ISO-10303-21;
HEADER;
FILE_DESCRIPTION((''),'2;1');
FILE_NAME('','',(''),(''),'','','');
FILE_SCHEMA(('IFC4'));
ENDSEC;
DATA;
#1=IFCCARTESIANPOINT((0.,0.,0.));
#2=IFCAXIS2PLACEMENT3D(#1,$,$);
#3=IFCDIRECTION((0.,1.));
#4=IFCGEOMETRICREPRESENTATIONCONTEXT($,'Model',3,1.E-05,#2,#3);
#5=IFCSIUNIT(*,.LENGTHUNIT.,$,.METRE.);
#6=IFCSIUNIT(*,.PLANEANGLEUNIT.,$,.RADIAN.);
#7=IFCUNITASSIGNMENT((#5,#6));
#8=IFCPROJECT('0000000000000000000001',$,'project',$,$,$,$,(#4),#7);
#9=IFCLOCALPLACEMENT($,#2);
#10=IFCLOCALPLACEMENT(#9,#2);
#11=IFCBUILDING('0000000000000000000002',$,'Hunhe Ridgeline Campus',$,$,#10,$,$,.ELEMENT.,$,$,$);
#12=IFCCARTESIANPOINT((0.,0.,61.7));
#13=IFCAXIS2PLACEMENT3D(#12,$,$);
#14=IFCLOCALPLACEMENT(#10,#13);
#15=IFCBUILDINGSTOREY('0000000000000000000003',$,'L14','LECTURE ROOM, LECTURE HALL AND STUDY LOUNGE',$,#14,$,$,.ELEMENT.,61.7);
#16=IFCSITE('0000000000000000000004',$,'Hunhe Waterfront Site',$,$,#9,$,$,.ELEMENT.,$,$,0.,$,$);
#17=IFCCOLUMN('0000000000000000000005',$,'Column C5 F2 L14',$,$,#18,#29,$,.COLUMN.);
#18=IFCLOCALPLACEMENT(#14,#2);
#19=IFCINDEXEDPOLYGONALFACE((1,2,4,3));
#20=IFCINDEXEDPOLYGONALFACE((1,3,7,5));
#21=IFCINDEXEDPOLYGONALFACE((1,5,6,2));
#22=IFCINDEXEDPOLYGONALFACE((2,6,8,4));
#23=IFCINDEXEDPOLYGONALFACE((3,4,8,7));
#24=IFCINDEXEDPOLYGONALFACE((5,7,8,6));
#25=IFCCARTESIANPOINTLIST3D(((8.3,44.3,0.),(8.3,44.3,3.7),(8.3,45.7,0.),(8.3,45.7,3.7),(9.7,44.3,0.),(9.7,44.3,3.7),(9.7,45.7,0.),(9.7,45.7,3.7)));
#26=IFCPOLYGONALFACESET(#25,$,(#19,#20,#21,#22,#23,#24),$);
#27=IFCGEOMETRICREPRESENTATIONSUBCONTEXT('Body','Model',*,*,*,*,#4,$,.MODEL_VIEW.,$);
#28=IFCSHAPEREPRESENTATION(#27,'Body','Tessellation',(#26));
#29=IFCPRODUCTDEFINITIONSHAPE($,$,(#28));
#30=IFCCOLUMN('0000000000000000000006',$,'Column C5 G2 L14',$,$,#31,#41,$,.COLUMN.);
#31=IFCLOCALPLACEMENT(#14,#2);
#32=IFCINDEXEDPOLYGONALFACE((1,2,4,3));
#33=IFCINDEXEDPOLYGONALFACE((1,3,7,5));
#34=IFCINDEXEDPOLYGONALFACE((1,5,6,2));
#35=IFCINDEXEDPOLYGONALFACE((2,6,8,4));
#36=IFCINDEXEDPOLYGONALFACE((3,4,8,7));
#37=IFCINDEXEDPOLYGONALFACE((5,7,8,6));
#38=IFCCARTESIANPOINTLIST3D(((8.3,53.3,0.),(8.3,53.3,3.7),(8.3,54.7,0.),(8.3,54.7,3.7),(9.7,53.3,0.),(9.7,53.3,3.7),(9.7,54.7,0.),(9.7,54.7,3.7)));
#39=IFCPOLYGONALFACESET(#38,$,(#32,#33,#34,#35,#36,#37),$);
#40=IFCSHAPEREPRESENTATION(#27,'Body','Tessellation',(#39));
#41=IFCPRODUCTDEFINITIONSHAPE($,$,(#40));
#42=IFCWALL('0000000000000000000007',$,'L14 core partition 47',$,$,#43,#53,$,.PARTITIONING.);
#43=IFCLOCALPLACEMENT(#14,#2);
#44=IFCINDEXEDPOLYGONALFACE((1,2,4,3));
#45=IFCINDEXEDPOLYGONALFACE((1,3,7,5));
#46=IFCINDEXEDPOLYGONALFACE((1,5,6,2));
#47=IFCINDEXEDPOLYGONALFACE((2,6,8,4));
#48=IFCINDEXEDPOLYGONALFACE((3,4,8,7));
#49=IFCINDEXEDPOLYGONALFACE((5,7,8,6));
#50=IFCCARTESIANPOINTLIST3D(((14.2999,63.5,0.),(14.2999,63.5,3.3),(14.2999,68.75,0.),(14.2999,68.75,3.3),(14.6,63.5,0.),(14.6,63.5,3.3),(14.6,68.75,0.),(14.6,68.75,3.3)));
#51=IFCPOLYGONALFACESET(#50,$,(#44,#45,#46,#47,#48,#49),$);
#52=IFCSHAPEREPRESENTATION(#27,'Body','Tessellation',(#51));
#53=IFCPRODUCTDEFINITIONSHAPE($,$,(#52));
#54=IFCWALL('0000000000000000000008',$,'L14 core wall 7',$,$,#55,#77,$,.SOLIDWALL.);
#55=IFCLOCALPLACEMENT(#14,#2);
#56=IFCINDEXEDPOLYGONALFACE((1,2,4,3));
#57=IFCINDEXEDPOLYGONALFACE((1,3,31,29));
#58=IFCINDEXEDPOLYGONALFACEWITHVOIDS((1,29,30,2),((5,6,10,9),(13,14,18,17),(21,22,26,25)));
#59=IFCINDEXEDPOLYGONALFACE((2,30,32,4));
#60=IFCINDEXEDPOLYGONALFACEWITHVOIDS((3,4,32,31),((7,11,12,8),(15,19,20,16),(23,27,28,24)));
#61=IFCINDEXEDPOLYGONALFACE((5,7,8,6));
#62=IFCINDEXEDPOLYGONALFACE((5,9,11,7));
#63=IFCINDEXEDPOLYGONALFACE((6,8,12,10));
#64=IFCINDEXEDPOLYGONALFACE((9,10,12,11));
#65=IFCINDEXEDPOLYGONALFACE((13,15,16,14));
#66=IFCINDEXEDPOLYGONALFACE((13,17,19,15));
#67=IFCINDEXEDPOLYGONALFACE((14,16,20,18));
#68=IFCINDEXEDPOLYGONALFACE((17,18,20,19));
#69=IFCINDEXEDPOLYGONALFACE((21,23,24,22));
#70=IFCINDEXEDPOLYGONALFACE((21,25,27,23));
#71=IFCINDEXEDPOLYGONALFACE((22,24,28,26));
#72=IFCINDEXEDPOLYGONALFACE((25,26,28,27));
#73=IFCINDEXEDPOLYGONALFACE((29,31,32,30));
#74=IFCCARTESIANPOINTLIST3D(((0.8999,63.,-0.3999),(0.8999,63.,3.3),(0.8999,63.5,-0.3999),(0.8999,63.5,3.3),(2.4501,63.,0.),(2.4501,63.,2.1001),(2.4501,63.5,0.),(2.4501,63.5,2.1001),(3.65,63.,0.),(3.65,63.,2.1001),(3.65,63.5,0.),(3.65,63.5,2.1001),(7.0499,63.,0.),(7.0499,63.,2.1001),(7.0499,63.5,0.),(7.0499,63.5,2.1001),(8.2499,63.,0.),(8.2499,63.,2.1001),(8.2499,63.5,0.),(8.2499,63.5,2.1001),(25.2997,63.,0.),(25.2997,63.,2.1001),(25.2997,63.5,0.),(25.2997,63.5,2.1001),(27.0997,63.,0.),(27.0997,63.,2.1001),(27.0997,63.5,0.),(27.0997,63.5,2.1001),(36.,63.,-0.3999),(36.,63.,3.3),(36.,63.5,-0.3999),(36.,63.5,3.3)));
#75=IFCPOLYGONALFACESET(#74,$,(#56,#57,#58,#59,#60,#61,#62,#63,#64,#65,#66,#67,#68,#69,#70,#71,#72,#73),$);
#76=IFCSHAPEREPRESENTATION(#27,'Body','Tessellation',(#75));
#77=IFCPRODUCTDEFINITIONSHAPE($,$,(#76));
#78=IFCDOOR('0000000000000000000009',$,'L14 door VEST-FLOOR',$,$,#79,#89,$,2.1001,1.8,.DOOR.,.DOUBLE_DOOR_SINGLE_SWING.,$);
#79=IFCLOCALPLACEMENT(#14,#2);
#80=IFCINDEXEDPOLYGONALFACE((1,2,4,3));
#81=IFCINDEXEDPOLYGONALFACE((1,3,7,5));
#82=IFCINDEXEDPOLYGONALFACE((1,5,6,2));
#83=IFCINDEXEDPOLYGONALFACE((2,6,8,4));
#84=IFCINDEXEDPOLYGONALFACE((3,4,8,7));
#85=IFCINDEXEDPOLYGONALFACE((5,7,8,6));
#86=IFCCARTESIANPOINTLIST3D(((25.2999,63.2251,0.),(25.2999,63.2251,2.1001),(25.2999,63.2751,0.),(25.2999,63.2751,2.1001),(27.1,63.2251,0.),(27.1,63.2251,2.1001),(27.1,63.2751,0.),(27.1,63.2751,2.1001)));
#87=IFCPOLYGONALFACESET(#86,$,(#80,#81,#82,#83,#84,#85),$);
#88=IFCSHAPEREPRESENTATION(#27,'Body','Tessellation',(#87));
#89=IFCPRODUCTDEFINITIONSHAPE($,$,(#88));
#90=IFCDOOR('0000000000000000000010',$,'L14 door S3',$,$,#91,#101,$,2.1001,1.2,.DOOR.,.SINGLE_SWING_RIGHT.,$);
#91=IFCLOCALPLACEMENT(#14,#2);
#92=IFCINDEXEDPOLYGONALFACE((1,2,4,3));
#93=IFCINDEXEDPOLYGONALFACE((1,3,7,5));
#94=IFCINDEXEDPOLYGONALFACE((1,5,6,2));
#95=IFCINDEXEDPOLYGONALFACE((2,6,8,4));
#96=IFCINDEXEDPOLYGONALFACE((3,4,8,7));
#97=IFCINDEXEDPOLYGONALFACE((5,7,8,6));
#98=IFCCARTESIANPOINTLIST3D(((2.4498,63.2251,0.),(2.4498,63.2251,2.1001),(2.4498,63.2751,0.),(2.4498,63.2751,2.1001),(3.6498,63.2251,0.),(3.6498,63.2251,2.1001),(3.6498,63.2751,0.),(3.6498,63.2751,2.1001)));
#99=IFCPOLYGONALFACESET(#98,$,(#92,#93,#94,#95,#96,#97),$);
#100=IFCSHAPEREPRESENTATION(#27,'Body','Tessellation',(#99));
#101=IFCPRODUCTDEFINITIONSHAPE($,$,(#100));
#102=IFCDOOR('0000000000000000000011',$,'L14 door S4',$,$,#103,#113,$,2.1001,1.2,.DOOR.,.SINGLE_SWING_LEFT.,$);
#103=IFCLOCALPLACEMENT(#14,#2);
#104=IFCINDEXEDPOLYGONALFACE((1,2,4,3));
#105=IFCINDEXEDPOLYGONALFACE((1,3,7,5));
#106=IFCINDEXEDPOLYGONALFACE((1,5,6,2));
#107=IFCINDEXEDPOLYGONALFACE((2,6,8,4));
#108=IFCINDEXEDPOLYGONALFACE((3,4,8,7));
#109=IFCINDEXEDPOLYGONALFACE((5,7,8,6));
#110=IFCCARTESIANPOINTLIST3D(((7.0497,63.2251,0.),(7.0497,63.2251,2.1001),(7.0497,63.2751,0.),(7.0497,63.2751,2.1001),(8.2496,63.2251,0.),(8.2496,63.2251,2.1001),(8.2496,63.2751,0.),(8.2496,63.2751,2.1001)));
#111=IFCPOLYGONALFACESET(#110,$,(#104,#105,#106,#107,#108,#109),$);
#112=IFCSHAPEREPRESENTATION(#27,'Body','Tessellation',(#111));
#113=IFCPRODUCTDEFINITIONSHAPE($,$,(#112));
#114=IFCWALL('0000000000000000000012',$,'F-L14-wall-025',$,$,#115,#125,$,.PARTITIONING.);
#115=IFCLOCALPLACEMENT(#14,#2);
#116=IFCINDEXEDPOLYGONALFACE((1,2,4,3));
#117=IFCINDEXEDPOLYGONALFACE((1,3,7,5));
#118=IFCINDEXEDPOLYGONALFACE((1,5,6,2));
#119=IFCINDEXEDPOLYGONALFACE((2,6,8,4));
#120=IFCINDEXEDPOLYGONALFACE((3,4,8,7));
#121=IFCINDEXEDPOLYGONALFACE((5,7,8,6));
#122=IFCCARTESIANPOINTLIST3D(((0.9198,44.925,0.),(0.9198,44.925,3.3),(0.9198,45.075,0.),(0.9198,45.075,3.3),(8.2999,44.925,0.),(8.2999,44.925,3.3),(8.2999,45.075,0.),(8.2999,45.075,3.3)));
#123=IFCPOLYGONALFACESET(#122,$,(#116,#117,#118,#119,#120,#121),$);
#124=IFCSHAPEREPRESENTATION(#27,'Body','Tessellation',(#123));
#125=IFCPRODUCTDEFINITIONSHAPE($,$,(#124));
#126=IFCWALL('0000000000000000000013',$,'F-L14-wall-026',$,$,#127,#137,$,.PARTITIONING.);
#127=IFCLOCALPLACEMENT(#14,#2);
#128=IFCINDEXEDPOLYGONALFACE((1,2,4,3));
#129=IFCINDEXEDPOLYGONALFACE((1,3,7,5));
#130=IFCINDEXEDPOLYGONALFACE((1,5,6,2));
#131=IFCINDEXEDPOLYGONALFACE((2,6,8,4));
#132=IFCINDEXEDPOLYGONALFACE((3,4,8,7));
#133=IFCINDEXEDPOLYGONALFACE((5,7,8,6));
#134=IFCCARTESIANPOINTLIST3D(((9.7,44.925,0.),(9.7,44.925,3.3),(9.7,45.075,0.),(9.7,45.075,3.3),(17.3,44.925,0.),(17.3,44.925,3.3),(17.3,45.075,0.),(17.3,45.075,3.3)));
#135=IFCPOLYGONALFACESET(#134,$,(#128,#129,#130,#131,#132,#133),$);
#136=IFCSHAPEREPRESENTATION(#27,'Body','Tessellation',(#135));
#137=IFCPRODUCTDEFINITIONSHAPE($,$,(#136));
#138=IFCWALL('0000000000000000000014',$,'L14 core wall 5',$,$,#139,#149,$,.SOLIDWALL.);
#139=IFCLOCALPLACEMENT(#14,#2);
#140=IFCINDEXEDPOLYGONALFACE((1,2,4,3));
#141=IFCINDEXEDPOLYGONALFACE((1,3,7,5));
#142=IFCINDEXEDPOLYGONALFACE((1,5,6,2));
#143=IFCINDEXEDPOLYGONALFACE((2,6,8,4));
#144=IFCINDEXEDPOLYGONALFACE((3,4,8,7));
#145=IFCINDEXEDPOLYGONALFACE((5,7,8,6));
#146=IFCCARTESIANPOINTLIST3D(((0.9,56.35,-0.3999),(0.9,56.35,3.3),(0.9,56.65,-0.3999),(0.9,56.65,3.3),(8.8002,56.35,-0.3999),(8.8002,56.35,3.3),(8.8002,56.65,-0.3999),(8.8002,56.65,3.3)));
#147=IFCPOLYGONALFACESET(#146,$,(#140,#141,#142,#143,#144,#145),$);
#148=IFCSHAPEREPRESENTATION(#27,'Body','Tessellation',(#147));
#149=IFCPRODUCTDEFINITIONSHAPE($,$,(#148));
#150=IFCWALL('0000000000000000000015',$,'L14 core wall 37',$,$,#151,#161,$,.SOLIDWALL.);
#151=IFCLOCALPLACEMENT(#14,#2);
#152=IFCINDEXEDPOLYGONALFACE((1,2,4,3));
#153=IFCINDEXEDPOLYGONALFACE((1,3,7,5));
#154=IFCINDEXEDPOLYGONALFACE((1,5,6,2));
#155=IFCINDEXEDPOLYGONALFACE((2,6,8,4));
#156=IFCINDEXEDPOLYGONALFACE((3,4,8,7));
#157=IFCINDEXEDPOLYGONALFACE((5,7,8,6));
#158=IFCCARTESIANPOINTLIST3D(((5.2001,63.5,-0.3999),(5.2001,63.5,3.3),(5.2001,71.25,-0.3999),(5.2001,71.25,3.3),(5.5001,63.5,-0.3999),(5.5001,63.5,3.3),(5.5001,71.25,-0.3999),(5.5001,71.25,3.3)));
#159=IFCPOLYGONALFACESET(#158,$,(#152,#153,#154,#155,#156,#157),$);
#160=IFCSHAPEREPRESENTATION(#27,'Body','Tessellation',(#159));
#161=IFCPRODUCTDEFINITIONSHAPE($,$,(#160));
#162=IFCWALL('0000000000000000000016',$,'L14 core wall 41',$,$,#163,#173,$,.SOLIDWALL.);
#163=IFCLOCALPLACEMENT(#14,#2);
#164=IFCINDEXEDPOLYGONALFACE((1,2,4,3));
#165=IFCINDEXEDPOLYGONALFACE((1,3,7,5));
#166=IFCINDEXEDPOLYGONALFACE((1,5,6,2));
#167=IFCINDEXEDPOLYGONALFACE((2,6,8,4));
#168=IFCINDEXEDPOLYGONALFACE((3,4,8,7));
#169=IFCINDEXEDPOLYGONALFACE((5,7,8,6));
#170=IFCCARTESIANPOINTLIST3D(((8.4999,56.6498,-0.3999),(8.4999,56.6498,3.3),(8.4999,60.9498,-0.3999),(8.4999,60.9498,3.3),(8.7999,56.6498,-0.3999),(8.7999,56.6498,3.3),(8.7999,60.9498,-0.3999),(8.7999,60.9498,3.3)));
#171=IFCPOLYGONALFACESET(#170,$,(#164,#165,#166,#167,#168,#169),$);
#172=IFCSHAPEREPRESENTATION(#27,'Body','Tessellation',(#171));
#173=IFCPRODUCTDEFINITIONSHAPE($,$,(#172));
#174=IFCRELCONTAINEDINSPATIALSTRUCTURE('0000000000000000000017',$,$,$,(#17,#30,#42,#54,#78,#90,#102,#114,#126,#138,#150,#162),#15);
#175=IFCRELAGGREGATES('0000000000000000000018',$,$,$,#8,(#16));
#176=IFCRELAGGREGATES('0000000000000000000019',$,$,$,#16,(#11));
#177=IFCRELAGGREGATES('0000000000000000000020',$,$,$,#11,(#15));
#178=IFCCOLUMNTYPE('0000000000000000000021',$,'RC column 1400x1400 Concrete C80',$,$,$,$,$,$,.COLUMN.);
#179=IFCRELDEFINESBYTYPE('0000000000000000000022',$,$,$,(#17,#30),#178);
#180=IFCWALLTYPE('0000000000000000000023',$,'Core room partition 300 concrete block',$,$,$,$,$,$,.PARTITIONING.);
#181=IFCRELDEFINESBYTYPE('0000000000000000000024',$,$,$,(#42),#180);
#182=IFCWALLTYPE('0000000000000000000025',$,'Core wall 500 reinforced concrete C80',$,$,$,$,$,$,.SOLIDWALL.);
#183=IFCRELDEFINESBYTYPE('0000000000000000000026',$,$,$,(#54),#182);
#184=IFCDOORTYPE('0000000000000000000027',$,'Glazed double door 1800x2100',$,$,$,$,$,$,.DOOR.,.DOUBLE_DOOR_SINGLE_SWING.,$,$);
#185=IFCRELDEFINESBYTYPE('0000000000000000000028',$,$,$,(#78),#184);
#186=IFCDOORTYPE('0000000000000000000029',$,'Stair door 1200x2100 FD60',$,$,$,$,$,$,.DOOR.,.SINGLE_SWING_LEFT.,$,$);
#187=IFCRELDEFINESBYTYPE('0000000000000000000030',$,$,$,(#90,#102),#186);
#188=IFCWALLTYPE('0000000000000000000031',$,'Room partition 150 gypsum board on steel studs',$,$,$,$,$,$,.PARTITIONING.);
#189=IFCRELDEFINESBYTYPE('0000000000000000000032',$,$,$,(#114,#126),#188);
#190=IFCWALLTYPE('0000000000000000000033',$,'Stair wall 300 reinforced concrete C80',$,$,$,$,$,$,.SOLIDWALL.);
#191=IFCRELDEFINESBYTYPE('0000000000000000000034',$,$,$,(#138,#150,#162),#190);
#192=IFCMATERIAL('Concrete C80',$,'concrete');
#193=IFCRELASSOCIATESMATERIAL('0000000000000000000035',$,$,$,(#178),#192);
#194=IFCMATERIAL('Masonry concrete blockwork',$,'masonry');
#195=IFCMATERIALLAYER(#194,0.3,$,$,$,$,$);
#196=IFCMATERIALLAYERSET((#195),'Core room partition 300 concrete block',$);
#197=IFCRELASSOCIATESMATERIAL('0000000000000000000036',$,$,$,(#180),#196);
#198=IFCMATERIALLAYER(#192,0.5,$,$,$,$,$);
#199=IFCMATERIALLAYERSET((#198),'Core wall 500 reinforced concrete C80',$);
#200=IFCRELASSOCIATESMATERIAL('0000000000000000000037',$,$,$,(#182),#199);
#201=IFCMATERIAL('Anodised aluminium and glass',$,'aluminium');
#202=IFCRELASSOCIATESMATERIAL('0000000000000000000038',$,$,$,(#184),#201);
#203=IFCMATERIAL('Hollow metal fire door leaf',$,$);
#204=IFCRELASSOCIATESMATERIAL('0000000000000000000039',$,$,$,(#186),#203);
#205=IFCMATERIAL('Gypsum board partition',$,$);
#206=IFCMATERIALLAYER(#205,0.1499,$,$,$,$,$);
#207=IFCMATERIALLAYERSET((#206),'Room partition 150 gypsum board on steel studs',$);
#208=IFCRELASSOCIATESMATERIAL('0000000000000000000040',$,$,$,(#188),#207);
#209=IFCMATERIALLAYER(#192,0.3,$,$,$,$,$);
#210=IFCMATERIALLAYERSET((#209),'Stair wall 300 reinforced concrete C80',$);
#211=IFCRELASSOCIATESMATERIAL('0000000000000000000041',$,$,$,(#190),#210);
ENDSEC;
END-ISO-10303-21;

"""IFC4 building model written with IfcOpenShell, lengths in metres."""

from ifc_helpers import new_model, si_unit, direction, frame, frame_2d, origin, origin_2d, place, context, subcontext, project, spatial, rectangle, extrude, material, layer, layer_set, material_profile, profile_set, type_object, element, fill, save


model = new_model("IFC4")

# Units and contexts
model_context = context("Model", 3, precision=1e-05, world=origin(), true_north=direction((0.0, 1.0)))
body_context = subcontext(model_context, "Body", "Model", "MODEL_VIEW")
ifc_project = project(units=[si_unit("LENGTHUNIT", "METRE"), si_unit("PLANEANGLEUNIT", "RADIAN")], contexts=[model_context])

# Site, building, storey
site_placement = place(None, origin())
site = spatial("IfcSite", under=ifc_project, at=site_placement, Name="Hunhe Waterfront Site", CompositionType="ELEMENT", RefElevation=0.0)
building_placement = place(site_placement, origin())
building = spatial("IfcBuilding", under=site, at=building_placement, Name="Hunhe Ridgeline Campus", CompositionType="ELEMENT")
storey_placement = place(building_placement, frame((0.0, 0.0, 61.7)))
storey = spatial("IfcBuildingStorey", under=building, at=storey_placement, Name="L14", Description="LECTURE ROOM, LECTURE HALL AND STUDY LOUNGE", CompositionType="ELEMENT", Elevation=61.7)

# Columns
ifc_material_1 = material(Name="Concrete C80", Category="concrete")
ifc_material_profile = material_profile(ifc_material_1, rectangle(XDim=1.3999, YDim=1.3999, at=origin_2d()))
ifc_profile_set = profile_set([ifc_material_profile], Name="Concrete C80")
column_type = type_object("IfcColumnType", Name="RC column 1400x1400 Concrete C80", PredefinedType="COLUMN", material=ifc_profile_set)
for number, where, z_axis, x_axis, name in (
    (1, (9.0, 45.0, 0.0), (0.0, 0.0, 1.0), (1.0, 0.0, 0.0), "Column C5 F2 L14"),
    (2, (9.0, 54.0, 0.0), (0.0, 0.0, 1.0), (1.0, 0.0, 0.0), "Column C5 G2 L14"),
):
    element("IfcColumn", number, at=place(storey_placement, frame(where, z_axis=z_axis, x_axis=x_axis)), inside=storey, type_object=column_type, Name=name, PredefinedType="COLUMN", context=body_context, shape_type="SweptSolid", body=[
        extrude(rectangle(XDim=1.3999, YDim=1.3999, at=origin_2d()), origin(), (0.0, 0.0, 1.0), 3.7),
    ])

# Wall
ifc_material_2 = material(Name="Masonry concrete blockwork", Category="masonry")
ifc_layer_1 = layer(ifc_material_2, 0.3)
ifc_layer_set_1 = layer_set([ifc_layer_1], Name="Core room partition 300 concrete block")
wall_type_1 = type_object("IfcWallType", Name="Core room partition 300 concrete block", PredefinedType="PARTITIONING", material=ifc_layer_set_1)
wall_1_placement = place(storey_placement, frame((14.45, 63.5, 0.0), z_axis=(0.0, 0.0, 1.0), x_axis=(0.0, 1.0, 0.0)))
element("IfcWall", 3, at=wall_1_placement, inside=storey, type_object=wall_type_1, Name="L14 core partition 47", PredefinedType="PARTITIONING", context=body_context, shape_type="SweptSolid", body=[
    extrude(rectangle(XDim=5.25, YDim=0.3, at=frame_2d((2.625, 0.0))), origin(), (0.0, 0.0, 1.0), 3.3),
])

# Wall, openings, doors
ifc_layer_2 = layer(ifc_material_1, 0.5)
ifc_layer_set_2 = layer_set([ifc_layer_2], Name="Core wall 500 reinforced concrete C80")
wall_type_2 = type_object("IfcWallType", Name="Core wall 500 reinforced concrete C80", PredefinedType="SOLIDWALL", material=ifc_layer_set_2)
wall_2_placement = place(storey_placement, frame((0.8999, 63.25, -0.3999), z_axis=(0.0, 0.0, 1.0), x_axis=(1.0, 0.0, 0.0)))
wall_2 = element("IfcWall", 4, at=wall_2_placement, inside=storey, type_object=wall_type_2, Name="L14 core wall 7", PredefinedType="SOLIDWALL", context=body_context, shape_type="SweptSolid", body=[
    extrude(rectangle(XDim=35.1001, YDim=0.5, at=frame_2d((17.55, 0.0))), origin(), (0.0, 0.0, 1.0), 3.7),
])
opening_1_placement = place(wall_2_placement, frame((24.3999, 0.0, 0.3999)))
opening_1 = element("IfcOpeningElement", 5, at=opening_1_placement, cuts=wall_2, PredefinedType="OPENING", context=body_context, shape_type="SweptSolid", body=[
    extrude(rectangle(XDim=1.8, YDim=2.1001, at=frame_2d((0.8999, 1.05))), frame((0.0, 0.25, 0.0), z_axis=(0.0, -1.0, 0.0), x_axis=(1.0, 0.0, 0.0)), (0.0, 0.0, 1.0), 0.5),
])
opening_2_placement = place(wall_2_placement, frame((1.55, 0.0, 0.3999)))
opening_2 = element("IfcOpeningElement", 6, at=opening_2_placement, cuts=wall_2, PredefinedType="OPENING", context=body_context, shape_type="SweptSolid", body=[
    extrude(rectangle(XDim=1.2, YDim=2.1001, at=frame_2d((0.6001, 1.05))), frame((0.0, 0.25, 0.0), z_axis=(0.0, -1.0, 0.0), x_axis=(1.0, 0.0, 0.0)), (0.0, 0.0, 1.0), 0.5),
])
opening_3_placement = place(wall_2_placement, frame((6.1499, 0.0, 0.3999)))
opening_3 = element("IfcOpeningElement", 7, at=opening_3_placement, cuts=wall_2, PredefinedType="OPENING", context=body_context, shape_type="SweptSolid", body=[
    extrude(rectangle(XDim=1.2, YDim=2.1001, at=frame_2d((0.6001, 1.05))), frame((0.0, 0.25, 0.0), z_axis=(0.0, -1.0, 0.0), x_axis=(1.0, 0.0, 0.0)), (0.0, 0.0, 1.0), 0.5),
])
ifc_material_3 = material(Name="Anodised aluminium and glass", Category="aluminium")
door_type_1 = type_object("IfcDoorType", Name="Glazed double door 1800x2100", OperationType="DOUBLE_DOOR_SINGLE_SWING", PredefinedType="DOOR", material=ifc_material_3)
door_1_placement = place(opening_1_placement, frame((1.8, 0.0, 0.0), z_axis=(0.0, 0.0, 1.0), x_axis=(-1.0, 0.0, 0.0)))
door_1 = element("IfcDoor", 8, at=door_1_placement, inside=storey, type_object=door_type_1, Name="L14 door VEST-FLOOR", OperationType="DOUBLE_DOOR_SINGLE_SWING", OverallHeight=2.1001, OverallWidth=1.8, PredefinedType="DOOR", context=body_context, shape_type="SweptSolid", body=[
    extrude(rectangle(XDim=1.8, YDim=2.1001, at=frame_2d((0.8999, 1.05))), frame((0.0, 0.0249, 0.0), z_axis=(0.0, -1.0, 0.0), x_axis=(1.0, 0.0, 0.0)), (0.0, 0.0, 1.0), 0.05),
])
fill(opening_1, door_1)
ifc_material_4 = material(Name="Hollow metal fire door leaf")
door_type_2 = type_object("IfcDoorType", Name="Stair door 1200x2100 FD60", OperationType="SINGLE_SWING_LEFT", PredefinedType="DOOR", material=ifc_material_4)
door_2_placement = place(opening_2_placement, frame((1.2, 0.0, 0.0), z_axis=(0.0, 0.0, 1.0), x_axis=(-1.0, 0.0, 0.0)))
door_2 = element("IfcDoor", 9, at=door_2_placement, inside=storey, type_object=door_type_2, Name="L14 door S3", OperationType="SINGLE_SWING_RIGHT", OverallHeight=2.1001, OverallWidth=1.2, PredefinedType="DOOR", context=body_context, shape_type="SweptSolid", body=[
    extrude(rectangle(XDim=1.2, YDim=2.1001, at=frame_2d((0.6001, 1.05))), frame((0.0, 0.0249, 0.0), z_axis=(0.0, -1.0, 0.0), x_axis=(1.0, 0.0, 0.0)), (0.0, 0.0, 1.0), 0.05),
])
fill(opening_2, door_2)
door_3_placement = place(opening_3_placement, frame((1.2, 0.0, 0.0), z_axis=(0.0, 0.0, 1.0), x_axis=(-1.0, 0.0, 0.0)))
door_3 = element("IfcDoor", 10, at=door_3_placement, inside=storey, type_object=door_type_2, Name="L14 door S4", OperationType="SINGLE_SWING_LEFT", OverallHeight=2.1001, OverallWidth=1.2, PredefinedType="DOOR", context=body_context, shape_type="SweptSolid", body=[
    extrude(rectangle(XDim=1.2, YDim=2.1001, at=frame_2d((0.6001, 1.05))), frame((0.0, 0.0249, 0.0), z_axis=(0.0, -1.0, 0.0), x_axis=(1.0, 0.0, 0.0)), (0.0, 0.0, 1.0), 0.05),
])
fill(opening_3, door_3)

# Walls
ifc_material_5 = material(Name="Gypsum board partition")
ifc_layer_3 = layer(ifc_material_5, 0.1499)
ifc_layer_set_3 = layer_set([ifc_layer_3], Name="Room partition 150 gypsum board on steel studs")
wall_type_3 = type_object("IfcWallType", Name="Room partition 150 gypsum board on steel studs", PredefinedType="PARTITIONING", material=ifc_layer_set_3)
wall_3_placement = place(storey_placement, frame((0.9199, 45.0, 0.0), z_axis=(0.0, 0.0, 1.0), x_axis=(1.0, 0.0, 0.0)))
element("IfcWall", 11, at=wall_3_placement, inside=storey, type_object=wall_type_3, Name="F-L14-wall-025", PredefinedType="PARTITIONING", context=body_context, shape_type="SweptSolid", body=[
    extrude(rectangle(XDim=7.3801, YDim=0.1499, at=frame_2d((3.6899, 0.0))), origin(), (0.0, 0.0, 1.0), 3.3),
])
wall_4_placement = place(storey_placement, frame((9.7, 45.0, 0.0), z_axis=(0.0, 0.0, 1.0), x_axis=(1.0, 0.0, 0.0)))
element("IfcWall", 12, at=wall_4_placement, inside=storey, type_object=wall_type_3, Name="F-L14-wall-026", PredefinedType="PARTITIONING", context=body_context, shape_type="SweptSolid", body=[
    extrude(rectangle(XDim=7.6001, YDim=0.1499, at=frame_2d((3.8, 0.0))), origin(), (0.0, 0.0, 1.0), 3.3),
])
ifc_layer_4 = layer(ifc_material_1, 0.3)
ifc_layer_set_4 = layer_set([ifc_layer_4], Name="Stair wall 300 reinforced concrete C80")
wall_type_4 = type_object("IfcWallType", Name="Stair wall 300 reinforced concrete C80", PredefinedType="SOLIDWALL", material=ifc_layer_set_4)
wall_5_placement = place(storey_placement, frame((0.8999, 56.5, -0.3999), z_axis=(0.0, 0.0, 1.0), x_axis=(1.0, 0.0, 0.0)))
element("IfcWall", 13, at=wall_5_placement, inside=storey, type_object=wall_type_4, Name="L14 core wall 5", PredefinedType="SOLIDWALL", context=body_context, shape_type="SweptSolid", body=[
    extrude(rectangle(XDim=7.9001, YDim=0.3, at=frame_2d((3.9502, 0.0))), origin(), (0.0, 0.0, 1.0), 3.7),
])

# Walls
wall_6_placement = place(storey_placement, frame((5.3501, 63.5, -0.3999), z_axis=(0.0, 0.0, 1.0), x_axis=(0.0, 1.0, 0.0)))
element("IfcWall", 14, at=wall_6_placement, inside=storey, type_object=wall_type_4, Name="L14 core wall 37", PredefinedType="SOLIDWALL", context=body_context, shape_type="SweptSolid", body=[
    extrude(rectangle(XDim=7.75, YDim=0.3, at=frame_2d((3.875, 0.0))), origin(), (0.0, 0.0, 1.0), 3.7),
])
wall_7_placement = place(storey_placement, frame((8.6499, 56.6499, -0.3999), z_axis=(0.0, 0.0, 1.0), x_axis=(0.0, 1.0, 0.0)))
element("IfcWall", 15, at=wall_7_placement, inside=storey, type_object=wall_type_4, Name="L14 core wall 41", PredefinedType="SOLIDWALL", context=body_context, shape_type="SweptSolid", body=[
    extrude(rectangle(XDim=4.3, YDim=0.3, at=frame_2d((2.1499, 0.0))), origin(), (0.0, 0.0, 1.0), 3.7),
])

save(model, "model.ifc")
